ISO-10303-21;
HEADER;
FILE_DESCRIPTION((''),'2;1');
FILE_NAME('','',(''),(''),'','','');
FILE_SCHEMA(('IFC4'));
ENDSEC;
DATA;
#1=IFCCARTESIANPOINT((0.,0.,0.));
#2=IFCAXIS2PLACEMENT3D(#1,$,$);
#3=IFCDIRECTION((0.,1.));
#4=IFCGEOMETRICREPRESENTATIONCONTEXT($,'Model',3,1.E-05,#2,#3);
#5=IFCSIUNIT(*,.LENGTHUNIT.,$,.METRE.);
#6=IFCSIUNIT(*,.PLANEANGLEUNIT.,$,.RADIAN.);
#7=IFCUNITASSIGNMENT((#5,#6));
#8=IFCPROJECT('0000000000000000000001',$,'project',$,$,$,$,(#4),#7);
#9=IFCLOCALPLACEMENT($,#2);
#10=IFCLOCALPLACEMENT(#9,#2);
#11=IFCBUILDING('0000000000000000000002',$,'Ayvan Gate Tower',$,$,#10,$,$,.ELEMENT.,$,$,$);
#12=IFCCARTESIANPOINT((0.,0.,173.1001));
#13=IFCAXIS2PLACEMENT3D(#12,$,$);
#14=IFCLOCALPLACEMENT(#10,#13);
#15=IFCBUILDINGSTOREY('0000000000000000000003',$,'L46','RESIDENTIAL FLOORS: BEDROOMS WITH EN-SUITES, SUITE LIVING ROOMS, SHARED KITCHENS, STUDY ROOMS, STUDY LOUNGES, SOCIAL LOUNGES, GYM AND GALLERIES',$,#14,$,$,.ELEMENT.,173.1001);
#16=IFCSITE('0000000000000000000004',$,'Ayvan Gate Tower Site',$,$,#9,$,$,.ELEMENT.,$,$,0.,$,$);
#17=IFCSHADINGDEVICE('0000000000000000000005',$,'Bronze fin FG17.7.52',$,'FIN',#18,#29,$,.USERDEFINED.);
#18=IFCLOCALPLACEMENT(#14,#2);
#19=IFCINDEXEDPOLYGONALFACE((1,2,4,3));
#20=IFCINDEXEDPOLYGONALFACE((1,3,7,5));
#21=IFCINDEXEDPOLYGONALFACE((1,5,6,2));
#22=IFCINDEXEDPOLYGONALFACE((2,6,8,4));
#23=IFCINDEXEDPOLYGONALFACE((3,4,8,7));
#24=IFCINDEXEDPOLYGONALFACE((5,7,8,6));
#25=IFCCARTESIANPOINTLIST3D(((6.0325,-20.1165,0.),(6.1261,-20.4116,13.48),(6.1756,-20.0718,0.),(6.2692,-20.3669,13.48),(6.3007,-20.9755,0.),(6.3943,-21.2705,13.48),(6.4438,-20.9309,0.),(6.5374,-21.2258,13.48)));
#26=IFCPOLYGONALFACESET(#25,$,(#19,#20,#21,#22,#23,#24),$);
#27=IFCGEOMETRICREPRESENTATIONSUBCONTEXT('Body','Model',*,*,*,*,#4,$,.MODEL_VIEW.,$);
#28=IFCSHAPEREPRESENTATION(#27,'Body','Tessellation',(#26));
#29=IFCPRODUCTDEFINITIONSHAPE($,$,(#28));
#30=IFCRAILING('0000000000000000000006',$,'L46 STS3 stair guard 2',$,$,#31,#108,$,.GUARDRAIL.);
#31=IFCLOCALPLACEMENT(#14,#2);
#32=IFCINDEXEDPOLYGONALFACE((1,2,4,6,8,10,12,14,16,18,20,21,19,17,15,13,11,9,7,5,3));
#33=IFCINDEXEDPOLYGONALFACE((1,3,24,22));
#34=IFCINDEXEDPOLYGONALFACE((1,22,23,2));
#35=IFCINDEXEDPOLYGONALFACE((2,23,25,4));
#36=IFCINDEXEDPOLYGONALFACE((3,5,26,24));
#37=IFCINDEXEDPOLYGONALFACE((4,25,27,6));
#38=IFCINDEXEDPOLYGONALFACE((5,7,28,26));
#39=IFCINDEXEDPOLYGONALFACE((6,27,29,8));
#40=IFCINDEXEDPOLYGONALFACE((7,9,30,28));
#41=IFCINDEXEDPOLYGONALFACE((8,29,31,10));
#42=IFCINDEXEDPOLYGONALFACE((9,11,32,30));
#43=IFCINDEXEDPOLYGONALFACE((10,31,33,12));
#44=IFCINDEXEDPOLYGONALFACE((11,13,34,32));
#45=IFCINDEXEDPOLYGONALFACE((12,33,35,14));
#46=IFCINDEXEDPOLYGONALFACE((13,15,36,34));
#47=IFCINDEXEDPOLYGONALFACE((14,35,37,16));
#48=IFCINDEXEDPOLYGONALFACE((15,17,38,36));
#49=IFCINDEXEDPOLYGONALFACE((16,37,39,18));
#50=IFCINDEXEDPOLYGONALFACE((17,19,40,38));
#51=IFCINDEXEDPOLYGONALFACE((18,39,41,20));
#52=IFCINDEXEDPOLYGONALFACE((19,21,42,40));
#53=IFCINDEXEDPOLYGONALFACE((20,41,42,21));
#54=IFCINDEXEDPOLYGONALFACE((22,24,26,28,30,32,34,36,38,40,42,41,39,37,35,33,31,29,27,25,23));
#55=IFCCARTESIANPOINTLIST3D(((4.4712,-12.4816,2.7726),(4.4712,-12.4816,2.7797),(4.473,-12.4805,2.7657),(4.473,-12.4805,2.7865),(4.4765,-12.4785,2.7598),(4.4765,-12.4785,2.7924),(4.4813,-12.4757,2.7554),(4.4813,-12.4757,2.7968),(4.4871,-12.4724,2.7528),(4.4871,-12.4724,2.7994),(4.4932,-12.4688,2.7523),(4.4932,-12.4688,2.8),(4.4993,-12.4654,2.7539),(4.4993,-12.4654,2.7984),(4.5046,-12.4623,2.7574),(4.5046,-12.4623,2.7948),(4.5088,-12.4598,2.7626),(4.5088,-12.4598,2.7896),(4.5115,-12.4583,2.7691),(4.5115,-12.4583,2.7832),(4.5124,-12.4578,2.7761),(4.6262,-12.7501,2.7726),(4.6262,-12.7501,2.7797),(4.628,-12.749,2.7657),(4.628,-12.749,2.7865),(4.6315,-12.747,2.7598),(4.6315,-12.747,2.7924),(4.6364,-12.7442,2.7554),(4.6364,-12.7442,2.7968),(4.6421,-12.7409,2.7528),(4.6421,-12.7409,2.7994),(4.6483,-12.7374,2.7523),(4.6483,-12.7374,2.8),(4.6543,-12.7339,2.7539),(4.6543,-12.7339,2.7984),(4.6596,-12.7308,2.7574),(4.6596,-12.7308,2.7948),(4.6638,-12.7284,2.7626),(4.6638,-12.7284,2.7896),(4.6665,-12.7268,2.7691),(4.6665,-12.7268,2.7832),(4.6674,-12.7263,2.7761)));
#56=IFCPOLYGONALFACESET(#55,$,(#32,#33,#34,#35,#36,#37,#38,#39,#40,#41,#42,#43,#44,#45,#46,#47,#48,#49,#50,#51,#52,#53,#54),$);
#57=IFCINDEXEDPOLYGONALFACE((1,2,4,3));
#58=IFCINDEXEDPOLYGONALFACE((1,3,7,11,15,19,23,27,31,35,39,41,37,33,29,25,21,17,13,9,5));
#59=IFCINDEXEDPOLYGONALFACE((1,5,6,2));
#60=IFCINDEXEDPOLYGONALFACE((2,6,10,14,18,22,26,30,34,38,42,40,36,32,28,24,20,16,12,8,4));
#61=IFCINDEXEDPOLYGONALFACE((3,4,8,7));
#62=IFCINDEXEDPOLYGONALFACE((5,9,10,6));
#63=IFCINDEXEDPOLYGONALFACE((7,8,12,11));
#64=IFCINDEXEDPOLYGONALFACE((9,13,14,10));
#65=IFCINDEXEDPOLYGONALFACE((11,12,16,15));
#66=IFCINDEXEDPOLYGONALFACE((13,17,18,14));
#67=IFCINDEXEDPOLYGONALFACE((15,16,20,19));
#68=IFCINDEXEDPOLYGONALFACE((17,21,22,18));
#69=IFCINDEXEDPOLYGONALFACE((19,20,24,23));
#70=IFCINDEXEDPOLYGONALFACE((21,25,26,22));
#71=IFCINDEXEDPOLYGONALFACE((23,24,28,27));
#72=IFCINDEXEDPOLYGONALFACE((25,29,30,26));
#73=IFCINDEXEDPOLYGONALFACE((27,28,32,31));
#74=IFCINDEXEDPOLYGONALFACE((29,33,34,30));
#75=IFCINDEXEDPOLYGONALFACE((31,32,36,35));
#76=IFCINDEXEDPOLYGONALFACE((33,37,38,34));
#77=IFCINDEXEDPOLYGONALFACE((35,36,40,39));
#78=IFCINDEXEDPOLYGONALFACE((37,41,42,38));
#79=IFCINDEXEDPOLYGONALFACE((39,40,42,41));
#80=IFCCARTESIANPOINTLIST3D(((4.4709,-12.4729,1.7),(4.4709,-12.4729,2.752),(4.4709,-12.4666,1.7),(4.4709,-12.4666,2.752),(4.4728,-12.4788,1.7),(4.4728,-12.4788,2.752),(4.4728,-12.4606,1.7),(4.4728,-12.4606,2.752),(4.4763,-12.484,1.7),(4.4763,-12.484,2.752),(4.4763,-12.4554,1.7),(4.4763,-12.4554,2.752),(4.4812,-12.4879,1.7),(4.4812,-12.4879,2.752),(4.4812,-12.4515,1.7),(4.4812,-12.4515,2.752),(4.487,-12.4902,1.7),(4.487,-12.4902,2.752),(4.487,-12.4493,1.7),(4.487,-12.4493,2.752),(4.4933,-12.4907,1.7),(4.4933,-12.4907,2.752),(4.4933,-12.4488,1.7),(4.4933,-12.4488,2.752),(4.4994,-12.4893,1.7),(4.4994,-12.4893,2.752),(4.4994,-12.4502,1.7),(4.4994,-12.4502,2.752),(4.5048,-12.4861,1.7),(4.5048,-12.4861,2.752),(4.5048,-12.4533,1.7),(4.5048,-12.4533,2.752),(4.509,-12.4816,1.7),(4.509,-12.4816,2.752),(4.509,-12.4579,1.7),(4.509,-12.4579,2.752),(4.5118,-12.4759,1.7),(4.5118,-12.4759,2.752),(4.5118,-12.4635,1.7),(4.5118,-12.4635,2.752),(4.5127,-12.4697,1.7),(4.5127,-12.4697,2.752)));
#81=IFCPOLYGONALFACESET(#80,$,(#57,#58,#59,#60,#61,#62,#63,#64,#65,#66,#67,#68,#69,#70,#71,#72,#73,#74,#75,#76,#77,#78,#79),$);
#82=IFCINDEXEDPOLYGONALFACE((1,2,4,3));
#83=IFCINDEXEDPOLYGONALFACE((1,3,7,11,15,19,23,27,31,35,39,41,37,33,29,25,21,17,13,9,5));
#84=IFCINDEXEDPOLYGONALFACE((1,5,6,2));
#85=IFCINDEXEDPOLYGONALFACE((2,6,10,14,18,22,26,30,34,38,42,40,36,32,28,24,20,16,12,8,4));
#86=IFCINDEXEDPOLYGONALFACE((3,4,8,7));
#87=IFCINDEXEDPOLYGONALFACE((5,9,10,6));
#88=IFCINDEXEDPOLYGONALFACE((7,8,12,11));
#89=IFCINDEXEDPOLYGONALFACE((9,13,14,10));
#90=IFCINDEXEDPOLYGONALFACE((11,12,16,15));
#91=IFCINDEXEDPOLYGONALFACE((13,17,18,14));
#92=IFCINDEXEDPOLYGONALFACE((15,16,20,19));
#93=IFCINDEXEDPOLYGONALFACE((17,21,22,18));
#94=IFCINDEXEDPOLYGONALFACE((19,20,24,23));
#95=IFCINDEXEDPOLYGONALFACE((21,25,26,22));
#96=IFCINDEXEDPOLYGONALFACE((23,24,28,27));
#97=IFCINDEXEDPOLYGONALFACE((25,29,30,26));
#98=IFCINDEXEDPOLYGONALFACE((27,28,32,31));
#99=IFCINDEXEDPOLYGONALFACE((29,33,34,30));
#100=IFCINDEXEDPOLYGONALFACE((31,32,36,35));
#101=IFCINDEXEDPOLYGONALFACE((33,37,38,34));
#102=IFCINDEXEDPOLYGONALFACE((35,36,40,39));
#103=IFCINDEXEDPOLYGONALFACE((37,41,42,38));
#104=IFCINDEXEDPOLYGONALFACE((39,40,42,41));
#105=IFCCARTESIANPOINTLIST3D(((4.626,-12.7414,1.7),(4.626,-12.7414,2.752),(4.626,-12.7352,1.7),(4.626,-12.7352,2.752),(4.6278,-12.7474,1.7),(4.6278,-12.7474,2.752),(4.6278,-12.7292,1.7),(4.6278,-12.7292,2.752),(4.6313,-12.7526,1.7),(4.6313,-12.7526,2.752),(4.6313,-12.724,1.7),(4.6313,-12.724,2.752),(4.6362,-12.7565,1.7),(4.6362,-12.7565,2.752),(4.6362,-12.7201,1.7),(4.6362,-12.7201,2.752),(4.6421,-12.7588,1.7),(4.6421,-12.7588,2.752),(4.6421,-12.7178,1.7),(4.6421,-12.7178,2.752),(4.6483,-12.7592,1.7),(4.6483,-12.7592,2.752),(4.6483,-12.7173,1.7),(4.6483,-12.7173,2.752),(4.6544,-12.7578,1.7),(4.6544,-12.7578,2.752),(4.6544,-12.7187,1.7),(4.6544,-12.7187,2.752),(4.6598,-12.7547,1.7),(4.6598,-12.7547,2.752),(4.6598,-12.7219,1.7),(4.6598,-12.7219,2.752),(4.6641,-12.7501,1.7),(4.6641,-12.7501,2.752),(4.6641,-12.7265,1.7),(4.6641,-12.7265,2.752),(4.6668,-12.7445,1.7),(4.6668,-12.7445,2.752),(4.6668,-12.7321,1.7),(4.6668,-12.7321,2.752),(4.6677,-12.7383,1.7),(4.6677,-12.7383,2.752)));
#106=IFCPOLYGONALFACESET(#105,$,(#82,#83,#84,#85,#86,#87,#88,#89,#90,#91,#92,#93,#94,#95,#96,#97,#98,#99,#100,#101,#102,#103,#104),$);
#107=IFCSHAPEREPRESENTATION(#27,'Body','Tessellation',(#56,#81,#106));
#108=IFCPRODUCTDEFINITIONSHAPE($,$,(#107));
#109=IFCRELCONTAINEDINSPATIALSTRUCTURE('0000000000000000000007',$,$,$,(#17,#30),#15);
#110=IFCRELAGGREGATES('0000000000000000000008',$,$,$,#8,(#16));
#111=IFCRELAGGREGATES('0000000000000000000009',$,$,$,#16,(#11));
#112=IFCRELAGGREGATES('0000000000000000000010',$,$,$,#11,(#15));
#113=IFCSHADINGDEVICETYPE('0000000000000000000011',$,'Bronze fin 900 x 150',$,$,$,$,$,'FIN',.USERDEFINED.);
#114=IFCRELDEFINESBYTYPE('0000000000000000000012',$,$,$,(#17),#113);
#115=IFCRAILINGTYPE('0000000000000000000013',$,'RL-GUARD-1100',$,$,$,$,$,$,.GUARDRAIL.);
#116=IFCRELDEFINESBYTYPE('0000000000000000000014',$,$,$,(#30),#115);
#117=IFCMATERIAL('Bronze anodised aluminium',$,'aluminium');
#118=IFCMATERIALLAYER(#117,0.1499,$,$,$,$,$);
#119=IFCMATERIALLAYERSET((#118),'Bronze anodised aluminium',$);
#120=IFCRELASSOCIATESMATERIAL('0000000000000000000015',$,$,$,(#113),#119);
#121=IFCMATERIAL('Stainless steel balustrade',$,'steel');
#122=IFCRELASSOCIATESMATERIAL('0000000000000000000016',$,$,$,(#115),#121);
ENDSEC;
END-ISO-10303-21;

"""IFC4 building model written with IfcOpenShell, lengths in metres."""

from ifc_helpers import new_model, si_unit, direction, frame, origin, origin_2d, place, context, subcontext, project, spatial, polyline, circle, outline, extrude, material, layer, layer_set, type_object, element, save


model = new_model("IFC4")

# Units and contexts
model_context = context("Model", 3, precision=1e-05, world=origin(), true_north=direction((0.0, 1.0)))
body_context = subcontext(model_context, "Body", "Model", "MODEL_VIEW")
ifc_project = project(units=[si_unit("LENGTHUNIT", "METRE"), si_unit("PLANEANGLEUNIT", "RADIAN")], contexts=[model_context])

# Site, building, storey
site_placement = place(None, origin())
site = spatial("IfcSite", under=ifc_project, at=site_placement, Name="Ayvan Gate Tower Site", CompositionType="ELEMENT", RefElevation=0.0)
building_placement = place(site_placement, origin())
building = spatial("IfcBuilding", under=site, at=building_placement, Name="Ayvan Gate Tower", CompositionType="ELEMENT")
storey_placement = place(building_placement, frame((0.0, 0.0, 173.1001)))
storey = spatial("IfcBuildingStorey", under=building, at=storey_placement, Name="L46", Description="RESIDENTIAL FLOORS: BEDROOMS WITH EN-SUITES, SUITE LIVING ROOMS, SHARED KITCHENS, STUDY ROOMS, STUDY LOUNGES, SOCIAL LOUNGES, GYM AND GALLERIES", CompositionType="ELEMENT", Elevation=173.1001)

# Shared definitions
ifc_material_1 = material(Name="Bronze anodised aluminium", Category="aluminium")

# Shading device
ifc_layer_1 = layer(ifc_material_1, 0.1499)
ifc_layer_set_1 = layer_set([ifc_layer_1], Name="Bronze anodised aluminium")
shading_device_type = type_object("IfcShadingDeviceType", Name="Bronze fin 900 x 150", ElementType="FIN", PredefinedType="USERDEFINED", material=ifc_layer_set_1)
shading_device_1_placement = place(storey_placement, frame((6.0325, -20.1165, 0.0), z_axis=(-0.95456, -0.29802, 0.000107), x_axis=(0.29802, -0.95456, 0.0)))
element("IfcShadingDevice", 1, at=shading_device_1_placement, inside=storey, type_object=shading_device_type, Name="Bronze fin FG17.7.52", ObjectType="FIN", PredefinedType="USERDEFINED", context=body_context, shape_type="SweptSolid", body=[
    extrude(outline(polyline([(0.0, 0.0), (0.9, 0.0), (1.2094, 13.48), (0.3096, 13.48), (0.0, 0.0)])), origin(), (0.0, 0.0, -1.0), 0.1499),
])

# Railing
ifc_material_2 = material(Name="Stainless steel balustrade", Category="steel")
railing_type_1 = type_object("IfcRailingType", Name="RL-GUARD-1100", PredefinedType="GUARDRAIL", material=ifc_material_2)
railing_1_placement = place(storey_placement, frame((4.4917, -12.4697, 1.7)))
element("IfcRailing", 2, at=railing_1_placement, inside=storey, type_object=railing_type_1, Name="L46 STS3 stair guard 2", PredefinedType="GUARDRAIL", context=body_context, shape_type="SweptSolid", body=[
    extrude(circle(Radius=0.0239, at=origin_2d()), frame((0.0, 0.0, 1.0762), z_axis=(0.49995, -0.866054, 0.0), x_axis=(0.866054, 0.49995, 0.0)), (0.0, 0.0, 1.0), 0.3101),
    extrude(circle(Radius=0.021, at=origin_2d()), origin(), (0.0, 0.0, 1.0), 1.052),
    extrude(circle(Radius=0.021, at=origin_2d()), frame((0.155, -0.2686, 0.0)), (0.0, 0.0, 1.0), 1.052),
])

save(model, "model.ifc")
